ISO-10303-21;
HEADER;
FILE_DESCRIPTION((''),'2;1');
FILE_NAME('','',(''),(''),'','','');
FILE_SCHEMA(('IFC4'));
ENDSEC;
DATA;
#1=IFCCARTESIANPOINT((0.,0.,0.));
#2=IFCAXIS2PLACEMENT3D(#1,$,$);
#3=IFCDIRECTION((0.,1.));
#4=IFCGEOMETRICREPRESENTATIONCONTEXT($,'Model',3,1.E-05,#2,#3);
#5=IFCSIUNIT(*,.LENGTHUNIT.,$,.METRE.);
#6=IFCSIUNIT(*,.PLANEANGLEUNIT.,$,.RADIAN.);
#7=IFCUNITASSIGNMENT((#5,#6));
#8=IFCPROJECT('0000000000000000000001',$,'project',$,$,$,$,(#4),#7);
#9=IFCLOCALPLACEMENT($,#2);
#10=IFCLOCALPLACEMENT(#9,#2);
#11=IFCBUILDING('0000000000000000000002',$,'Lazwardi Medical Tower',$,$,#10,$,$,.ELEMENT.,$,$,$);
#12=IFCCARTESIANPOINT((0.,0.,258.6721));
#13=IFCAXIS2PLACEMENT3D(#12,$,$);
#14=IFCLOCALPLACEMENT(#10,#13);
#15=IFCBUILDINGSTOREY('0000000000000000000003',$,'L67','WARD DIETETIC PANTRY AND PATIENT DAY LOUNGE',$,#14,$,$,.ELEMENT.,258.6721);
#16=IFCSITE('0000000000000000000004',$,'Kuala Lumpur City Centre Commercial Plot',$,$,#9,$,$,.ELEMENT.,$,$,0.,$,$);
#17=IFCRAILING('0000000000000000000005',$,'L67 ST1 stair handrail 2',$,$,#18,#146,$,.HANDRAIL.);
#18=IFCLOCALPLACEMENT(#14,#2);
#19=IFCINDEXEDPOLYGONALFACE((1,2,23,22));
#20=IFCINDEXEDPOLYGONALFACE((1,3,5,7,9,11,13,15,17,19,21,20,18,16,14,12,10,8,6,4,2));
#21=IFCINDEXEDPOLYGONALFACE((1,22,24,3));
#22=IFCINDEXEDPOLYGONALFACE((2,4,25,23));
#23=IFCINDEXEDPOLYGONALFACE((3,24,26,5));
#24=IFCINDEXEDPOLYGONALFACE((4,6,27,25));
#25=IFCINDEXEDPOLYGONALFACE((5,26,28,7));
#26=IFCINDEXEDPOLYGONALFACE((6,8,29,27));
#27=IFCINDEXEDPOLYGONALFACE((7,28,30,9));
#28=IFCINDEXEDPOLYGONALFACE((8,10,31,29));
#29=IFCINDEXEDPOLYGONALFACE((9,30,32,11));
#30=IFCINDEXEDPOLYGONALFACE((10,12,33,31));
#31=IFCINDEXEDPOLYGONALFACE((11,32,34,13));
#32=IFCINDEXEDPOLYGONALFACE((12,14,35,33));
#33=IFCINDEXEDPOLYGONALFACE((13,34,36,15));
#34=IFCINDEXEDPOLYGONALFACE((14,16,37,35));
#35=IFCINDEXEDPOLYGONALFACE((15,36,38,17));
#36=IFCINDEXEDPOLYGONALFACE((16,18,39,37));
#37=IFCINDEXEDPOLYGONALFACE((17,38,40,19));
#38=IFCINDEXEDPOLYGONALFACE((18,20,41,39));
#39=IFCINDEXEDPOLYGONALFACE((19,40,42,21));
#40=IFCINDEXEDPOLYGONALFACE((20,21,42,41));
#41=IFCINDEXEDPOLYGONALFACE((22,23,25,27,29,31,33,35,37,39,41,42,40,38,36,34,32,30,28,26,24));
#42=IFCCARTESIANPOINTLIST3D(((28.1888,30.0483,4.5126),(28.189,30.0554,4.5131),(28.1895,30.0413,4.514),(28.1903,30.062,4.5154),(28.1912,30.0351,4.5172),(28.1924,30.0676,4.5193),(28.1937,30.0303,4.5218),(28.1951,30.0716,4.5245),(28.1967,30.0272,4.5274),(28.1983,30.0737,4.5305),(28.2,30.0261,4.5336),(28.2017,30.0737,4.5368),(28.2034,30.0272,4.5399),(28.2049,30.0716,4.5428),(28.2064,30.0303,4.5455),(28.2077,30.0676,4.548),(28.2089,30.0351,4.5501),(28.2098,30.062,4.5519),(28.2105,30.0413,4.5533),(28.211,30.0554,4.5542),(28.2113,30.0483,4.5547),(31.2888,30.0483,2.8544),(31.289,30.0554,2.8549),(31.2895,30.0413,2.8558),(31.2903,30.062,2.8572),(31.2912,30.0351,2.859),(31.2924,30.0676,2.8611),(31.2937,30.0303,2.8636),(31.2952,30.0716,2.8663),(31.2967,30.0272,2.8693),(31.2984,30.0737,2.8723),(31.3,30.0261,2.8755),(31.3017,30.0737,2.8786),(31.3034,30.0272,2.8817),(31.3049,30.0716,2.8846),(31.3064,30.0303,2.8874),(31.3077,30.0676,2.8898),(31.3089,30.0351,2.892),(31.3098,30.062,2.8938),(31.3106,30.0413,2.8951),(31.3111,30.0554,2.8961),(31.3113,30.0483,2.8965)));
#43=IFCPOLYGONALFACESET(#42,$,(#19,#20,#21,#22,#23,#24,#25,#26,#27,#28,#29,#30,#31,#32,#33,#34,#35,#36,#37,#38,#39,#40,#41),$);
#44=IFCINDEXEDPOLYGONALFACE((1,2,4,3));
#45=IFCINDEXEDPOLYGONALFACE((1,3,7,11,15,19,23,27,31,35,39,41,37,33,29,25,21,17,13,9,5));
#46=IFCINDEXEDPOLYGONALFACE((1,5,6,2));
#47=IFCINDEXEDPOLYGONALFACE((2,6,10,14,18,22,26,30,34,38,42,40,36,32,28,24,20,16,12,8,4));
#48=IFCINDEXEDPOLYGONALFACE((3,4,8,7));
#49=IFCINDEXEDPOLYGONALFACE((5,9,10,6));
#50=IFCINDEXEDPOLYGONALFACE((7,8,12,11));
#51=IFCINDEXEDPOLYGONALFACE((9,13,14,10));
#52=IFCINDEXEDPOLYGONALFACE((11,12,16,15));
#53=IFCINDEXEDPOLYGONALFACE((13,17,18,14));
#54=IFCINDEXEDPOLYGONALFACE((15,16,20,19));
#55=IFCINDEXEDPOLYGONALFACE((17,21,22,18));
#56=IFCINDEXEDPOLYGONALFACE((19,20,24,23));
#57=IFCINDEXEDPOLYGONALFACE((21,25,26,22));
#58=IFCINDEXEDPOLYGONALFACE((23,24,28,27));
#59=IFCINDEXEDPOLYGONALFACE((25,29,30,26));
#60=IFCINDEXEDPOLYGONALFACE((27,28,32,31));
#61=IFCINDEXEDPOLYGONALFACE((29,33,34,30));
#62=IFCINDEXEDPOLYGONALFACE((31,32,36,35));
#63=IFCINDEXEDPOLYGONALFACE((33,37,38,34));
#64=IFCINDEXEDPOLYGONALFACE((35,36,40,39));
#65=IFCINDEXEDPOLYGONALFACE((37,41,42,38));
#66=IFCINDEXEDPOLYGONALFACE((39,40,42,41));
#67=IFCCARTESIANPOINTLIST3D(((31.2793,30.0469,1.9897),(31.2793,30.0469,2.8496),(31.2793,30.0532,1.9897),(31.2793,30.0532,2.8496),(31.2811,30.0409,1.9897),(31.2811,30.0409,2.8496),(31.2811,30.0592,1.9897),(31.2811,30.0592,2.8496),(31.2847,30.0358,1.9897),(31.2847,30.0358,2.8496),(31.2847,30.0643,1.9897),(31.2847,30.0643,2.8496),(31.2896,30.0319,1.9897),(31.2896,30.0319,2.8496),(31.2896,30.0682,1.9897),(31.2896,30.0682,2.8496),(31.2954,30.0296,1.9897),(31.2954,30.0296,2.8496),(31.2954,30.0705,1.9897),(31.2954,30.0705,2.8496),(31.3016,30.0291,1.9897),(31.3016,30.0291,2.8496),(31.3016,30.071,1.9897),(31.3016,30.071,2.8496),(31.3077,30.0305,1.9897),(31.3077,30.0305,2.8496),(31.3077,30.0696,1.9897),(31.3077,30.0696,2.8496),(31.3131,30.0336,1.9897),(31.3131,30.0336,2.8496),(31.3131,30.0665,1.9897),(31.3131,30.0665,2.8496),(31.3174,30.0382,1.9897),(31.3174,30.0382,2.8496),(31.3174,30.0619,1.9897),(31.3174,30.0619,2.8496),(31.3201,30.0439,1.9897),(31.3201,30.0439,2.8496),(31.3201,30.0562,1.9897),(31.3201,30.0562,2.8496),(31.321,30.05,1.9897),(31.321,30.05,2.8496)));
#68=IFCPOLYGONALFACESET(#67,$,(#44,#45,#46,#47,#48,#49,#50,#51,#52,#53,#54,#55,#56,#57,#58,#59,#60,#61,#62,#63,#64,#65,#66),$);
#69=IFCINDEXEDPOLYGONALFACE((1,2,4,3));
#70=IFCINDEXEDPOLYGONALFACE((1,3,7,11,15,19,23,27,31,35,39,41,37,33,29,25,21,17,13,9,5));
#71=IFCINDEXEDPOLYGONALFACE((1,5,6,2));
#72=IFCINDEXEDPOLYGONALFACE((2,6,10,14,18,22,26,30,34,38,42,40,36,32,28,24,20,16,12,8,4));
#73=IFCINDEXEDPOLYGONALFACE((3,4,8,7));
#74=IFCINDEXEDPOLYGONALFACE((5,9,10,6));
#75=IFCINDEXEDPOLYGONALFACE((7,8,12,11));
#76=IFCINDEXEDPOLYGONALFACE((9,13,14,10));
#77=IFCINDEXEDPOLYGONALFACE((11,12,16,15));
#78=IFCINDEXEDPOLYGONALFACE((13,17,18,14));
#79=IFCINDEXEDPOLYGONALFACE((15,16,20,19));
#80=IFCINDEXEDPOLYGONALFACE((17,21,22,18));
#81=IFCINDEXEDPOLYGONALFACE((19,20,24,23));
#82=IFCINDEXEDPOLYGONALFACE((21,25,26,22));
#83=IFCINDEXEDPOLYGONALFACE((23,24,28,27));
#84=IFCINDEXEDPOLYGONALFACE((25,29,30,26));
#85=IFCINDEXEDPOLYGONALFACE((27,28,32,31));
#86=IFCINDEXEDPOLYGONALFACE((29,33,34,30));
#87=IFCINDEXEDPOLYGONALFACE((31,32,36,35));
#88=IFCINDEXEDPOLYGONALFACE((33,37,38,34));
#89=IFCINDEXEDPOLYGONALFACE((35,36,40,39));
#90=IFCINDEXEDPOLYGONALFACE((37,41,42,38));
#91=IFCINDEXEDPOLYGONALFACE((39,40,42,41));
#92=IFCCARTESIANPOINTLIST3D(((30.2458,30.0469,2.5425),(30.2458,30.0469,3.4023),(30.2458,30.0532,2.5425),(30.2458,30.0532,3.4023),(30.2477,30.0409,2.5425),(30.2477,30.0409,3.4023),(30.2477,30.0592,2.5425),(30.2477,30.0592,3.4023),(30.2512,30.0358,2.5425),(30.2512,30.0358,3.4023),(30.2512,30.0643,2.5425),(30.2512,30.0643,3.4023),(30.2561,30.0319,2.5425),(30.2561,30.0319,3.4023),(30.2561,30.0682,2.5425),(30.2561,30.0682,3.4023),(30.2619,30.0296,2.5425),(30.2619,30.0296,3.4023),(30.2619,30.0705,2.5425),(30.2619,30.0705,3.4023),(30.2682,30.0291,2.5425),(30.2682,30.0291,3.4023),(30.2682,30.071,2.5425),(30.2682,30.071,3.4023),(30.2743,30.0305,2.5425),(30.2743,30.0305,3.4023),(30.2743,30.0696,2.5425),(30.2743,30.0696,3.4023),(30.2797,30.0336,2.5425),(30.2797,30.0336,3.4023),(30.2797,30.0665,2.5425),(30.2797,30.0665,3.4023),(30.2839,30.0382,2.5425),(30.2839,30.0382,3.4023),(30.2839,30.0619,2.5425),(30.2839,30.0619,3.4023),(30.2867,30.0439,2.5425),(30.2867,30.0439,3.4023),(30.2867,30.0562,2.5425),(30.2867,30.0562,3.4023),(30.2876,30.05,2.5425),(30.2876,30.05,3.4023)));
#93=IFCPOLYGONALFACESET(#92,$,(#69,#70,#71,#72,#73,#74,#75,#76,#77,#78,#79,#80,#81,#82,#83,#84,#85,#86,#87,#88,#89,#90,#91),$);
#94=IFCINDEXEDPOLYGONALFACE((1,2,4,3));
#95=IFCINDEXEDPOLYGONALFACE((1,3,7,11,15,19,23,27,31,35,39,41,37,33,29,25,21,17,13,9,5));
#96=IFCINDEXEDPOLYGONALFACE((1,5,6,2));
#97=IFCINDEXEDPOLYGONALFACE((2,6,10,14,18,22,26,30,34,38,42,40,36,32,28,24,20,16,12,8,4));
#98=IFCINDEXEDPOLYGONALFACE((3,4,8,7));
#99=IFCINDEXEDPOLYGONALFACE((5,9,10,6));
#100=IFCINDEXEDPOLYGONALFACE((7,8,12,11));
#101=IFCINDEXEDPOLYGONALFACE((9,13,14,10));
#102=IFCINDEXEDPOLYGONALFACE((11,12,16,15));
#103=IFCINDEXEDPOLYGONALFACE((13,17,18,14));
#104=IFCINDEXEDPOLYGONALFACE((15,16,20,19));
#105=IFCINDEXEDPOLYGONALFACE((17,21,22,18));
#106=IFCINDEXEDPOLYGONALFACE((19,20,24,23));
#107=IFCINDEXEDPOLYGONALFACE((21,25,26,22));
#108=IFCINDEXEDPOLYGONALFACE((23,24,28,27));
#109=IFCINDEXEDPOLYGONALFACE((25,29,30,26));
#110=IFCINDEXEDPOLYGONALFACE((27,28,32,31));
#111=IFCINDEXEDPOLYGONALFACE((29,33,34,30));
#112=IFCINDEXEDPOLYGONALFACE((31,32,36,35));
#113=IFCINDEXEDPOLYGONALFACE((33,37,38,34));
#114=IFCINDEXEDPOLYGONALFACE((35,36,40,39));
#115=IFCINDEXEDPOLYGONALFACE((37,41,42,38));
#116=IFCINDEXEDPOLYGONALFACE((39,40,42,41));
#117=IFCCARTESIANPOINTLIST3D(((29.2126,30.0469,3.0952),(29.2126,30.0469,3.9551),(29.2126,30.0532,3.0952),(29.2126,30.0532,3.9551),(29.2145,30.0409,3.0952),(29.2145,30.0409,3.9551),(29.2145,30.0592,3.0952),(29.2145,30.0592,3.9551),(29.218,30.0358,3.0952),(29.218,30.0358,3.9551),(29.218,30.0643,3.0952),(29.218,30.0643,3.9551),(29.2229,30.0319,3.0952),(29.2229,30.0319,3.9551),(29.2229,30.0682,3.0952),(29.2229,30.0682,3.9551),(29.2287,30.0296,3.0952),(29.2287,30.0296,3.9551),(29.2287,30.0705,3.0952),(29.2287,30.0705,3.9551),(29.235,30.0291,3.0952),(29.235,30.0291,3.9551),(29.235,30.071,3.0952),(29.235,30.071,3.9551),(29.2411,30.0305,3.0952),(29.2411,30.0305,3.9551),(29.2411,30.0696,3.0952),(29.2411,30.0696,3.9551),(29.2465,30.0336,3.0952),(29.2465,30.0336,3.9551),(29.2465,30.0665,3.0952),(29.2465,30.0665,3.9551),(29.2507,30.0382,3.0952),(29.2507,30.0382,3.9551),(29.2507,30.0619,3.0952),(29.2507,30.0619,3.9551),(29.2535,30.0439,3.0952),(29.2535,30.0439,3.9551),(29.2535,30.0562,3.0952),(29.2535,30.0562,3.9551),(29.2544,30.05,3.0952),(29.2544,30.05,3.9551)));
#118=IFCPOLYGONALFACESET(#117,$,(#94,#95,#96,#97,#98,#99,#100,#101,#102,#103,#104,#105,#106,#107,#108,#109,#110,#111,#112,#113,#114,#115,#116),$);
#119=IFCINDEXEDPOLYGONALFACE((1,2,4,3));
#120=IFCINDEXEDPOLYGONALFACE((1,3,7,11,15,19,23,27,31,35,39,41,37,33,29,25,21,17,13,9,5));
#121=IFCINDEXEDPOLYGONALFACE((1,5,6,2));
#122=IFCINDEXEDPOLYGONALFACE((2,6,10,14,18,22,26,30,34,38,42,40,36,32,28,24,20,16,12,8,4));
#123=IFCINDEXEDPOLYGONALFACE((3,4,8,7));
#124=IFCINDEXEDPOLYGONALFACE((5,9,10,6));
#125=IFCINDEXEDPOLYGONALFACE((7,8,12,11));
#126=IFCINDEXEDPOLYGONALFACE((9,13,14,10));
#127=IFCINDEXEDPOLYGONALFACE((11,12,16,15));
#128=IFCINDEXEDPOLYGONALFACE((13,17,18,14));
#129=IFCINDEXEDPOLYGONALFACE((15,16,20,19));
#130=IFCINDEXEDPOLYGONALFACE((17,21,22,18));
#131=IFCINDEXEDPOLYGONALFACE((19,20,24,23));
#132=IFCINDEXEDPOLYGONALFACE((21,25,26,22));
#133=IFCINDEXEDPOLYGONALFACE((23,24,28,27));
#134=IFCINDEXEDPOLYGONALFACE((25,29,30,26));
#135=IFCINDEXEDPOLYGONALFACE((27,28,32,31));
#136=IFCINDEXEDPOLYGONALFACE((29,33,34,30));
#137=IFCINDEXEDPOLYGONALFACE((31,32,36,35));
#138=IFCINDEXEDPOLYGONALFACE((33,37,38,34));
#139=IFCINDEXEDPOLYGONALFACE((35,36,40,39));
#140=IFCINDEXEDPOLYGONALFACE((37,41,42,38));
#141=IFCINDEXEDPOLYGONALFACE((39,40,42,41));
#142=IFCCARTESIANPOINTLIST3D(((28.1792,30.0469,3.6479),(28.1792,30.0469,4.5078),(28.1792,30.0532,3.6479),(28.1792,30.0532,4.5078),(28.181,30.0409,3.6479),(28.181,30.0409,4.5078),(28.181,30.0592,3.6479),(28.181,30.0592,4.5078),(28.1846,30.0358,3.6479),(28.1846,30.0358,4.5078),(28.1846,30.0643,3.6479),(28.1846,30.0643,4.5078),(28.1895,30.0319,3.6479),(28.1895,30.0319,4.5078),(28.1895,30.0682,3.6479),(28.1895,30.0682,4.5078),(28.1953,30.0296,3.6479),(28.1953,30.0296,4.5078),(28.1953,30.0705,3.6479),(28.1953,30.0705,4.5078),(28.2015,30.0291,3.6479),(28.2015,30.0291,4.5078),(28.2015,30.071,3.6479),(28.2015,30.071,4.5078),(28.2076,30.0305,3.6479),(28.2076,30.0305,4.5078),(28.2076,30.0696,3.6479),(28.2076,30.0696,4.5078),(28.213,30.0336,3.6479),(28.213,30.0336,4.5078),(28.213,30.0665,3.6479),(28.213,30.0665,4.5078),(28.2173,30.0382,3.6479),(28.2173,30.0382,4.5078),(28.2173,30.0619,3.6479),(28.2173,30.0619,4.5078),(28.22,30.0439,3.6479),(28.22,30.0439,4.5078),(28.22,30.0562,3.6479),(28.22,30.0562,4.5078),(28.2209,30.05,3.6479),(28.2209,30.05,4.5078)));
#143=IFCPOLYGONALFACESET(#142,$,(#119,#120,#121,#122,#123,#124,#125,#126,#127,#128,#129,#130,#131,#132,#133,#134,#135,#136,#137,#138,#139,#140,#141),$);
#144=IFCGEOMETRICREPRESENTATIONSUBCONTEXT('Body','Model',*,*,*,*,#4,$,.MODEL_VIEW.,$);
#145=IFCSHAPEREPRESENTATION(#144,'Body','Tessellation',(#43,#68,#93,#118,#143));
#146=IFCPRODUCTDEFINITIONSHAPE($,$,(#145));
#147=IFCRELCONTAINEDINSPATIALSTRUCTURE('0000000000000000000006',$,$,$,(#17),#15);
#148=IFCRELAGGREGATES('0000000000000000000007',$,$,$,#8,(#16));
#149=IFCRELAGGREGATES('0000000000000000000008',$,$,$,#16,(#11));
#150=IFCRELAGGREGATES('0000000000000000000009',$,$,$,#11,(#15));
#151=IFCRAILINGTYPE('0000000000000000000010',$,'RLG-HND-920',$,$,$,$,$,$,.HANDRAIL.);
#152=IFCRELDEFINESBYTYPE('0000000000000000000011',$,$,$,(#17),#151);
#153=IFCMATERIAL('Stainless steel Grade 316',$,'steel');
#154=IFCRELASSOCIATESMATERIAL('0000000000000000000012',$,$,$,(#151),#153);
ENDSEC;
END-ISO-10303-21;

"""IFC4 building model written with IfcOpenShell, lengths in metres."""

from ifc_helpers import new_model, si_unit, direction, frame, origin, origin_2d, place, context, subcontext, project, spatial, circle, extrude, material, type_object, element, save


model = new_model("IFC4")

# Units and contexts
model_context = context("Model", 3, precision=1e-05, world=origin(), true_north=direction((0.0, 1.0)))
body_context = subcontext(model_context, "Body", "Model", "MODEL_VIEW")
ifc_project = project(units=[si_unit("LENGTHUNIT", "METRE"), si_unit("PLANEANGLEUNIT", "RADIAN")], contexts=[model_context])

# Site, building, storey
site_placement = place(None, origin())
site = spatial("IfcSite", under=ifc_project, at=site_placement, Name="Kuala Lumpur City Centre Commercial Plot", CompositionType="ELEMENT", RefElevation=0.0)
building_placement = place(site_placement, origin())
building = spatial("IfcBuilding", under=site, at=building_placement, Name="Lazwardi Medical Tower", CompositionType="ELEMENT")
storey_placement = place(building_placement, frame((0.0, 0.0, 258.6721)))
storey = spatial("IfcBuildingStorey", under=building, at=storey_placement, Name="L67", Description="WARD DIETETIC PANTRY AND PATIENT DAY LOUNGE", CompositionType="ELEMENT", Elevation=258.6721)

# Railing
ifc_material_1 = material(Name="Stainless steel Grade 316", Category="steel")
railing_type_1 = type_object("IfcRailingType", Name="RLG-HND-920", PredefinedType="HANDRAIL", material=ifc_material_1)
railing_1_placement = place(storey_placement, frame((31.3, 30.05, 1.9897)))
element("IfcRailing", 1, at=railing_1_placement, inside=storey, type_object=railing_type_1, Name="L67 ST1 stair handrail 2", PredefinedType="HANDRAIL", context=body_context, shape_type="SweptSolid", body=[
    extrude(circle(Radius=0.0239, at=origin_2d()), frame((0.0, 0.0, 0.8857), z_axis=(-0.881783, 0.0, 0.471655), x_axis=(0.0, -1.0, 0.0)), (0.0, 0.0, 1.0), 3.5156),
    extrude(circle(Radius=0.021, at=origin_2d()), origin(), (0.0, 0.0, 1.0), 0.8599),
    extrude(circle(Radius=0.021, at=origin_2d()), frame((-1.0334, 0.0, 0.5527)), (0.0, 0.0, 1.0), 0.8599),
    extrude(circle(Radius=0.021, at=origin_2d()), frame((-2.0667, 0.0, 1.1055)), (0.0, 0.0, 1.0), 0.8599),
    extrude(circle(Radius=0.021, at=origin_2d()), frame((-3.1001, 0.0, 1.6582)), (0.0, 0.0, 1.0), 0.8599),
])

save(model, "model.ifc")
